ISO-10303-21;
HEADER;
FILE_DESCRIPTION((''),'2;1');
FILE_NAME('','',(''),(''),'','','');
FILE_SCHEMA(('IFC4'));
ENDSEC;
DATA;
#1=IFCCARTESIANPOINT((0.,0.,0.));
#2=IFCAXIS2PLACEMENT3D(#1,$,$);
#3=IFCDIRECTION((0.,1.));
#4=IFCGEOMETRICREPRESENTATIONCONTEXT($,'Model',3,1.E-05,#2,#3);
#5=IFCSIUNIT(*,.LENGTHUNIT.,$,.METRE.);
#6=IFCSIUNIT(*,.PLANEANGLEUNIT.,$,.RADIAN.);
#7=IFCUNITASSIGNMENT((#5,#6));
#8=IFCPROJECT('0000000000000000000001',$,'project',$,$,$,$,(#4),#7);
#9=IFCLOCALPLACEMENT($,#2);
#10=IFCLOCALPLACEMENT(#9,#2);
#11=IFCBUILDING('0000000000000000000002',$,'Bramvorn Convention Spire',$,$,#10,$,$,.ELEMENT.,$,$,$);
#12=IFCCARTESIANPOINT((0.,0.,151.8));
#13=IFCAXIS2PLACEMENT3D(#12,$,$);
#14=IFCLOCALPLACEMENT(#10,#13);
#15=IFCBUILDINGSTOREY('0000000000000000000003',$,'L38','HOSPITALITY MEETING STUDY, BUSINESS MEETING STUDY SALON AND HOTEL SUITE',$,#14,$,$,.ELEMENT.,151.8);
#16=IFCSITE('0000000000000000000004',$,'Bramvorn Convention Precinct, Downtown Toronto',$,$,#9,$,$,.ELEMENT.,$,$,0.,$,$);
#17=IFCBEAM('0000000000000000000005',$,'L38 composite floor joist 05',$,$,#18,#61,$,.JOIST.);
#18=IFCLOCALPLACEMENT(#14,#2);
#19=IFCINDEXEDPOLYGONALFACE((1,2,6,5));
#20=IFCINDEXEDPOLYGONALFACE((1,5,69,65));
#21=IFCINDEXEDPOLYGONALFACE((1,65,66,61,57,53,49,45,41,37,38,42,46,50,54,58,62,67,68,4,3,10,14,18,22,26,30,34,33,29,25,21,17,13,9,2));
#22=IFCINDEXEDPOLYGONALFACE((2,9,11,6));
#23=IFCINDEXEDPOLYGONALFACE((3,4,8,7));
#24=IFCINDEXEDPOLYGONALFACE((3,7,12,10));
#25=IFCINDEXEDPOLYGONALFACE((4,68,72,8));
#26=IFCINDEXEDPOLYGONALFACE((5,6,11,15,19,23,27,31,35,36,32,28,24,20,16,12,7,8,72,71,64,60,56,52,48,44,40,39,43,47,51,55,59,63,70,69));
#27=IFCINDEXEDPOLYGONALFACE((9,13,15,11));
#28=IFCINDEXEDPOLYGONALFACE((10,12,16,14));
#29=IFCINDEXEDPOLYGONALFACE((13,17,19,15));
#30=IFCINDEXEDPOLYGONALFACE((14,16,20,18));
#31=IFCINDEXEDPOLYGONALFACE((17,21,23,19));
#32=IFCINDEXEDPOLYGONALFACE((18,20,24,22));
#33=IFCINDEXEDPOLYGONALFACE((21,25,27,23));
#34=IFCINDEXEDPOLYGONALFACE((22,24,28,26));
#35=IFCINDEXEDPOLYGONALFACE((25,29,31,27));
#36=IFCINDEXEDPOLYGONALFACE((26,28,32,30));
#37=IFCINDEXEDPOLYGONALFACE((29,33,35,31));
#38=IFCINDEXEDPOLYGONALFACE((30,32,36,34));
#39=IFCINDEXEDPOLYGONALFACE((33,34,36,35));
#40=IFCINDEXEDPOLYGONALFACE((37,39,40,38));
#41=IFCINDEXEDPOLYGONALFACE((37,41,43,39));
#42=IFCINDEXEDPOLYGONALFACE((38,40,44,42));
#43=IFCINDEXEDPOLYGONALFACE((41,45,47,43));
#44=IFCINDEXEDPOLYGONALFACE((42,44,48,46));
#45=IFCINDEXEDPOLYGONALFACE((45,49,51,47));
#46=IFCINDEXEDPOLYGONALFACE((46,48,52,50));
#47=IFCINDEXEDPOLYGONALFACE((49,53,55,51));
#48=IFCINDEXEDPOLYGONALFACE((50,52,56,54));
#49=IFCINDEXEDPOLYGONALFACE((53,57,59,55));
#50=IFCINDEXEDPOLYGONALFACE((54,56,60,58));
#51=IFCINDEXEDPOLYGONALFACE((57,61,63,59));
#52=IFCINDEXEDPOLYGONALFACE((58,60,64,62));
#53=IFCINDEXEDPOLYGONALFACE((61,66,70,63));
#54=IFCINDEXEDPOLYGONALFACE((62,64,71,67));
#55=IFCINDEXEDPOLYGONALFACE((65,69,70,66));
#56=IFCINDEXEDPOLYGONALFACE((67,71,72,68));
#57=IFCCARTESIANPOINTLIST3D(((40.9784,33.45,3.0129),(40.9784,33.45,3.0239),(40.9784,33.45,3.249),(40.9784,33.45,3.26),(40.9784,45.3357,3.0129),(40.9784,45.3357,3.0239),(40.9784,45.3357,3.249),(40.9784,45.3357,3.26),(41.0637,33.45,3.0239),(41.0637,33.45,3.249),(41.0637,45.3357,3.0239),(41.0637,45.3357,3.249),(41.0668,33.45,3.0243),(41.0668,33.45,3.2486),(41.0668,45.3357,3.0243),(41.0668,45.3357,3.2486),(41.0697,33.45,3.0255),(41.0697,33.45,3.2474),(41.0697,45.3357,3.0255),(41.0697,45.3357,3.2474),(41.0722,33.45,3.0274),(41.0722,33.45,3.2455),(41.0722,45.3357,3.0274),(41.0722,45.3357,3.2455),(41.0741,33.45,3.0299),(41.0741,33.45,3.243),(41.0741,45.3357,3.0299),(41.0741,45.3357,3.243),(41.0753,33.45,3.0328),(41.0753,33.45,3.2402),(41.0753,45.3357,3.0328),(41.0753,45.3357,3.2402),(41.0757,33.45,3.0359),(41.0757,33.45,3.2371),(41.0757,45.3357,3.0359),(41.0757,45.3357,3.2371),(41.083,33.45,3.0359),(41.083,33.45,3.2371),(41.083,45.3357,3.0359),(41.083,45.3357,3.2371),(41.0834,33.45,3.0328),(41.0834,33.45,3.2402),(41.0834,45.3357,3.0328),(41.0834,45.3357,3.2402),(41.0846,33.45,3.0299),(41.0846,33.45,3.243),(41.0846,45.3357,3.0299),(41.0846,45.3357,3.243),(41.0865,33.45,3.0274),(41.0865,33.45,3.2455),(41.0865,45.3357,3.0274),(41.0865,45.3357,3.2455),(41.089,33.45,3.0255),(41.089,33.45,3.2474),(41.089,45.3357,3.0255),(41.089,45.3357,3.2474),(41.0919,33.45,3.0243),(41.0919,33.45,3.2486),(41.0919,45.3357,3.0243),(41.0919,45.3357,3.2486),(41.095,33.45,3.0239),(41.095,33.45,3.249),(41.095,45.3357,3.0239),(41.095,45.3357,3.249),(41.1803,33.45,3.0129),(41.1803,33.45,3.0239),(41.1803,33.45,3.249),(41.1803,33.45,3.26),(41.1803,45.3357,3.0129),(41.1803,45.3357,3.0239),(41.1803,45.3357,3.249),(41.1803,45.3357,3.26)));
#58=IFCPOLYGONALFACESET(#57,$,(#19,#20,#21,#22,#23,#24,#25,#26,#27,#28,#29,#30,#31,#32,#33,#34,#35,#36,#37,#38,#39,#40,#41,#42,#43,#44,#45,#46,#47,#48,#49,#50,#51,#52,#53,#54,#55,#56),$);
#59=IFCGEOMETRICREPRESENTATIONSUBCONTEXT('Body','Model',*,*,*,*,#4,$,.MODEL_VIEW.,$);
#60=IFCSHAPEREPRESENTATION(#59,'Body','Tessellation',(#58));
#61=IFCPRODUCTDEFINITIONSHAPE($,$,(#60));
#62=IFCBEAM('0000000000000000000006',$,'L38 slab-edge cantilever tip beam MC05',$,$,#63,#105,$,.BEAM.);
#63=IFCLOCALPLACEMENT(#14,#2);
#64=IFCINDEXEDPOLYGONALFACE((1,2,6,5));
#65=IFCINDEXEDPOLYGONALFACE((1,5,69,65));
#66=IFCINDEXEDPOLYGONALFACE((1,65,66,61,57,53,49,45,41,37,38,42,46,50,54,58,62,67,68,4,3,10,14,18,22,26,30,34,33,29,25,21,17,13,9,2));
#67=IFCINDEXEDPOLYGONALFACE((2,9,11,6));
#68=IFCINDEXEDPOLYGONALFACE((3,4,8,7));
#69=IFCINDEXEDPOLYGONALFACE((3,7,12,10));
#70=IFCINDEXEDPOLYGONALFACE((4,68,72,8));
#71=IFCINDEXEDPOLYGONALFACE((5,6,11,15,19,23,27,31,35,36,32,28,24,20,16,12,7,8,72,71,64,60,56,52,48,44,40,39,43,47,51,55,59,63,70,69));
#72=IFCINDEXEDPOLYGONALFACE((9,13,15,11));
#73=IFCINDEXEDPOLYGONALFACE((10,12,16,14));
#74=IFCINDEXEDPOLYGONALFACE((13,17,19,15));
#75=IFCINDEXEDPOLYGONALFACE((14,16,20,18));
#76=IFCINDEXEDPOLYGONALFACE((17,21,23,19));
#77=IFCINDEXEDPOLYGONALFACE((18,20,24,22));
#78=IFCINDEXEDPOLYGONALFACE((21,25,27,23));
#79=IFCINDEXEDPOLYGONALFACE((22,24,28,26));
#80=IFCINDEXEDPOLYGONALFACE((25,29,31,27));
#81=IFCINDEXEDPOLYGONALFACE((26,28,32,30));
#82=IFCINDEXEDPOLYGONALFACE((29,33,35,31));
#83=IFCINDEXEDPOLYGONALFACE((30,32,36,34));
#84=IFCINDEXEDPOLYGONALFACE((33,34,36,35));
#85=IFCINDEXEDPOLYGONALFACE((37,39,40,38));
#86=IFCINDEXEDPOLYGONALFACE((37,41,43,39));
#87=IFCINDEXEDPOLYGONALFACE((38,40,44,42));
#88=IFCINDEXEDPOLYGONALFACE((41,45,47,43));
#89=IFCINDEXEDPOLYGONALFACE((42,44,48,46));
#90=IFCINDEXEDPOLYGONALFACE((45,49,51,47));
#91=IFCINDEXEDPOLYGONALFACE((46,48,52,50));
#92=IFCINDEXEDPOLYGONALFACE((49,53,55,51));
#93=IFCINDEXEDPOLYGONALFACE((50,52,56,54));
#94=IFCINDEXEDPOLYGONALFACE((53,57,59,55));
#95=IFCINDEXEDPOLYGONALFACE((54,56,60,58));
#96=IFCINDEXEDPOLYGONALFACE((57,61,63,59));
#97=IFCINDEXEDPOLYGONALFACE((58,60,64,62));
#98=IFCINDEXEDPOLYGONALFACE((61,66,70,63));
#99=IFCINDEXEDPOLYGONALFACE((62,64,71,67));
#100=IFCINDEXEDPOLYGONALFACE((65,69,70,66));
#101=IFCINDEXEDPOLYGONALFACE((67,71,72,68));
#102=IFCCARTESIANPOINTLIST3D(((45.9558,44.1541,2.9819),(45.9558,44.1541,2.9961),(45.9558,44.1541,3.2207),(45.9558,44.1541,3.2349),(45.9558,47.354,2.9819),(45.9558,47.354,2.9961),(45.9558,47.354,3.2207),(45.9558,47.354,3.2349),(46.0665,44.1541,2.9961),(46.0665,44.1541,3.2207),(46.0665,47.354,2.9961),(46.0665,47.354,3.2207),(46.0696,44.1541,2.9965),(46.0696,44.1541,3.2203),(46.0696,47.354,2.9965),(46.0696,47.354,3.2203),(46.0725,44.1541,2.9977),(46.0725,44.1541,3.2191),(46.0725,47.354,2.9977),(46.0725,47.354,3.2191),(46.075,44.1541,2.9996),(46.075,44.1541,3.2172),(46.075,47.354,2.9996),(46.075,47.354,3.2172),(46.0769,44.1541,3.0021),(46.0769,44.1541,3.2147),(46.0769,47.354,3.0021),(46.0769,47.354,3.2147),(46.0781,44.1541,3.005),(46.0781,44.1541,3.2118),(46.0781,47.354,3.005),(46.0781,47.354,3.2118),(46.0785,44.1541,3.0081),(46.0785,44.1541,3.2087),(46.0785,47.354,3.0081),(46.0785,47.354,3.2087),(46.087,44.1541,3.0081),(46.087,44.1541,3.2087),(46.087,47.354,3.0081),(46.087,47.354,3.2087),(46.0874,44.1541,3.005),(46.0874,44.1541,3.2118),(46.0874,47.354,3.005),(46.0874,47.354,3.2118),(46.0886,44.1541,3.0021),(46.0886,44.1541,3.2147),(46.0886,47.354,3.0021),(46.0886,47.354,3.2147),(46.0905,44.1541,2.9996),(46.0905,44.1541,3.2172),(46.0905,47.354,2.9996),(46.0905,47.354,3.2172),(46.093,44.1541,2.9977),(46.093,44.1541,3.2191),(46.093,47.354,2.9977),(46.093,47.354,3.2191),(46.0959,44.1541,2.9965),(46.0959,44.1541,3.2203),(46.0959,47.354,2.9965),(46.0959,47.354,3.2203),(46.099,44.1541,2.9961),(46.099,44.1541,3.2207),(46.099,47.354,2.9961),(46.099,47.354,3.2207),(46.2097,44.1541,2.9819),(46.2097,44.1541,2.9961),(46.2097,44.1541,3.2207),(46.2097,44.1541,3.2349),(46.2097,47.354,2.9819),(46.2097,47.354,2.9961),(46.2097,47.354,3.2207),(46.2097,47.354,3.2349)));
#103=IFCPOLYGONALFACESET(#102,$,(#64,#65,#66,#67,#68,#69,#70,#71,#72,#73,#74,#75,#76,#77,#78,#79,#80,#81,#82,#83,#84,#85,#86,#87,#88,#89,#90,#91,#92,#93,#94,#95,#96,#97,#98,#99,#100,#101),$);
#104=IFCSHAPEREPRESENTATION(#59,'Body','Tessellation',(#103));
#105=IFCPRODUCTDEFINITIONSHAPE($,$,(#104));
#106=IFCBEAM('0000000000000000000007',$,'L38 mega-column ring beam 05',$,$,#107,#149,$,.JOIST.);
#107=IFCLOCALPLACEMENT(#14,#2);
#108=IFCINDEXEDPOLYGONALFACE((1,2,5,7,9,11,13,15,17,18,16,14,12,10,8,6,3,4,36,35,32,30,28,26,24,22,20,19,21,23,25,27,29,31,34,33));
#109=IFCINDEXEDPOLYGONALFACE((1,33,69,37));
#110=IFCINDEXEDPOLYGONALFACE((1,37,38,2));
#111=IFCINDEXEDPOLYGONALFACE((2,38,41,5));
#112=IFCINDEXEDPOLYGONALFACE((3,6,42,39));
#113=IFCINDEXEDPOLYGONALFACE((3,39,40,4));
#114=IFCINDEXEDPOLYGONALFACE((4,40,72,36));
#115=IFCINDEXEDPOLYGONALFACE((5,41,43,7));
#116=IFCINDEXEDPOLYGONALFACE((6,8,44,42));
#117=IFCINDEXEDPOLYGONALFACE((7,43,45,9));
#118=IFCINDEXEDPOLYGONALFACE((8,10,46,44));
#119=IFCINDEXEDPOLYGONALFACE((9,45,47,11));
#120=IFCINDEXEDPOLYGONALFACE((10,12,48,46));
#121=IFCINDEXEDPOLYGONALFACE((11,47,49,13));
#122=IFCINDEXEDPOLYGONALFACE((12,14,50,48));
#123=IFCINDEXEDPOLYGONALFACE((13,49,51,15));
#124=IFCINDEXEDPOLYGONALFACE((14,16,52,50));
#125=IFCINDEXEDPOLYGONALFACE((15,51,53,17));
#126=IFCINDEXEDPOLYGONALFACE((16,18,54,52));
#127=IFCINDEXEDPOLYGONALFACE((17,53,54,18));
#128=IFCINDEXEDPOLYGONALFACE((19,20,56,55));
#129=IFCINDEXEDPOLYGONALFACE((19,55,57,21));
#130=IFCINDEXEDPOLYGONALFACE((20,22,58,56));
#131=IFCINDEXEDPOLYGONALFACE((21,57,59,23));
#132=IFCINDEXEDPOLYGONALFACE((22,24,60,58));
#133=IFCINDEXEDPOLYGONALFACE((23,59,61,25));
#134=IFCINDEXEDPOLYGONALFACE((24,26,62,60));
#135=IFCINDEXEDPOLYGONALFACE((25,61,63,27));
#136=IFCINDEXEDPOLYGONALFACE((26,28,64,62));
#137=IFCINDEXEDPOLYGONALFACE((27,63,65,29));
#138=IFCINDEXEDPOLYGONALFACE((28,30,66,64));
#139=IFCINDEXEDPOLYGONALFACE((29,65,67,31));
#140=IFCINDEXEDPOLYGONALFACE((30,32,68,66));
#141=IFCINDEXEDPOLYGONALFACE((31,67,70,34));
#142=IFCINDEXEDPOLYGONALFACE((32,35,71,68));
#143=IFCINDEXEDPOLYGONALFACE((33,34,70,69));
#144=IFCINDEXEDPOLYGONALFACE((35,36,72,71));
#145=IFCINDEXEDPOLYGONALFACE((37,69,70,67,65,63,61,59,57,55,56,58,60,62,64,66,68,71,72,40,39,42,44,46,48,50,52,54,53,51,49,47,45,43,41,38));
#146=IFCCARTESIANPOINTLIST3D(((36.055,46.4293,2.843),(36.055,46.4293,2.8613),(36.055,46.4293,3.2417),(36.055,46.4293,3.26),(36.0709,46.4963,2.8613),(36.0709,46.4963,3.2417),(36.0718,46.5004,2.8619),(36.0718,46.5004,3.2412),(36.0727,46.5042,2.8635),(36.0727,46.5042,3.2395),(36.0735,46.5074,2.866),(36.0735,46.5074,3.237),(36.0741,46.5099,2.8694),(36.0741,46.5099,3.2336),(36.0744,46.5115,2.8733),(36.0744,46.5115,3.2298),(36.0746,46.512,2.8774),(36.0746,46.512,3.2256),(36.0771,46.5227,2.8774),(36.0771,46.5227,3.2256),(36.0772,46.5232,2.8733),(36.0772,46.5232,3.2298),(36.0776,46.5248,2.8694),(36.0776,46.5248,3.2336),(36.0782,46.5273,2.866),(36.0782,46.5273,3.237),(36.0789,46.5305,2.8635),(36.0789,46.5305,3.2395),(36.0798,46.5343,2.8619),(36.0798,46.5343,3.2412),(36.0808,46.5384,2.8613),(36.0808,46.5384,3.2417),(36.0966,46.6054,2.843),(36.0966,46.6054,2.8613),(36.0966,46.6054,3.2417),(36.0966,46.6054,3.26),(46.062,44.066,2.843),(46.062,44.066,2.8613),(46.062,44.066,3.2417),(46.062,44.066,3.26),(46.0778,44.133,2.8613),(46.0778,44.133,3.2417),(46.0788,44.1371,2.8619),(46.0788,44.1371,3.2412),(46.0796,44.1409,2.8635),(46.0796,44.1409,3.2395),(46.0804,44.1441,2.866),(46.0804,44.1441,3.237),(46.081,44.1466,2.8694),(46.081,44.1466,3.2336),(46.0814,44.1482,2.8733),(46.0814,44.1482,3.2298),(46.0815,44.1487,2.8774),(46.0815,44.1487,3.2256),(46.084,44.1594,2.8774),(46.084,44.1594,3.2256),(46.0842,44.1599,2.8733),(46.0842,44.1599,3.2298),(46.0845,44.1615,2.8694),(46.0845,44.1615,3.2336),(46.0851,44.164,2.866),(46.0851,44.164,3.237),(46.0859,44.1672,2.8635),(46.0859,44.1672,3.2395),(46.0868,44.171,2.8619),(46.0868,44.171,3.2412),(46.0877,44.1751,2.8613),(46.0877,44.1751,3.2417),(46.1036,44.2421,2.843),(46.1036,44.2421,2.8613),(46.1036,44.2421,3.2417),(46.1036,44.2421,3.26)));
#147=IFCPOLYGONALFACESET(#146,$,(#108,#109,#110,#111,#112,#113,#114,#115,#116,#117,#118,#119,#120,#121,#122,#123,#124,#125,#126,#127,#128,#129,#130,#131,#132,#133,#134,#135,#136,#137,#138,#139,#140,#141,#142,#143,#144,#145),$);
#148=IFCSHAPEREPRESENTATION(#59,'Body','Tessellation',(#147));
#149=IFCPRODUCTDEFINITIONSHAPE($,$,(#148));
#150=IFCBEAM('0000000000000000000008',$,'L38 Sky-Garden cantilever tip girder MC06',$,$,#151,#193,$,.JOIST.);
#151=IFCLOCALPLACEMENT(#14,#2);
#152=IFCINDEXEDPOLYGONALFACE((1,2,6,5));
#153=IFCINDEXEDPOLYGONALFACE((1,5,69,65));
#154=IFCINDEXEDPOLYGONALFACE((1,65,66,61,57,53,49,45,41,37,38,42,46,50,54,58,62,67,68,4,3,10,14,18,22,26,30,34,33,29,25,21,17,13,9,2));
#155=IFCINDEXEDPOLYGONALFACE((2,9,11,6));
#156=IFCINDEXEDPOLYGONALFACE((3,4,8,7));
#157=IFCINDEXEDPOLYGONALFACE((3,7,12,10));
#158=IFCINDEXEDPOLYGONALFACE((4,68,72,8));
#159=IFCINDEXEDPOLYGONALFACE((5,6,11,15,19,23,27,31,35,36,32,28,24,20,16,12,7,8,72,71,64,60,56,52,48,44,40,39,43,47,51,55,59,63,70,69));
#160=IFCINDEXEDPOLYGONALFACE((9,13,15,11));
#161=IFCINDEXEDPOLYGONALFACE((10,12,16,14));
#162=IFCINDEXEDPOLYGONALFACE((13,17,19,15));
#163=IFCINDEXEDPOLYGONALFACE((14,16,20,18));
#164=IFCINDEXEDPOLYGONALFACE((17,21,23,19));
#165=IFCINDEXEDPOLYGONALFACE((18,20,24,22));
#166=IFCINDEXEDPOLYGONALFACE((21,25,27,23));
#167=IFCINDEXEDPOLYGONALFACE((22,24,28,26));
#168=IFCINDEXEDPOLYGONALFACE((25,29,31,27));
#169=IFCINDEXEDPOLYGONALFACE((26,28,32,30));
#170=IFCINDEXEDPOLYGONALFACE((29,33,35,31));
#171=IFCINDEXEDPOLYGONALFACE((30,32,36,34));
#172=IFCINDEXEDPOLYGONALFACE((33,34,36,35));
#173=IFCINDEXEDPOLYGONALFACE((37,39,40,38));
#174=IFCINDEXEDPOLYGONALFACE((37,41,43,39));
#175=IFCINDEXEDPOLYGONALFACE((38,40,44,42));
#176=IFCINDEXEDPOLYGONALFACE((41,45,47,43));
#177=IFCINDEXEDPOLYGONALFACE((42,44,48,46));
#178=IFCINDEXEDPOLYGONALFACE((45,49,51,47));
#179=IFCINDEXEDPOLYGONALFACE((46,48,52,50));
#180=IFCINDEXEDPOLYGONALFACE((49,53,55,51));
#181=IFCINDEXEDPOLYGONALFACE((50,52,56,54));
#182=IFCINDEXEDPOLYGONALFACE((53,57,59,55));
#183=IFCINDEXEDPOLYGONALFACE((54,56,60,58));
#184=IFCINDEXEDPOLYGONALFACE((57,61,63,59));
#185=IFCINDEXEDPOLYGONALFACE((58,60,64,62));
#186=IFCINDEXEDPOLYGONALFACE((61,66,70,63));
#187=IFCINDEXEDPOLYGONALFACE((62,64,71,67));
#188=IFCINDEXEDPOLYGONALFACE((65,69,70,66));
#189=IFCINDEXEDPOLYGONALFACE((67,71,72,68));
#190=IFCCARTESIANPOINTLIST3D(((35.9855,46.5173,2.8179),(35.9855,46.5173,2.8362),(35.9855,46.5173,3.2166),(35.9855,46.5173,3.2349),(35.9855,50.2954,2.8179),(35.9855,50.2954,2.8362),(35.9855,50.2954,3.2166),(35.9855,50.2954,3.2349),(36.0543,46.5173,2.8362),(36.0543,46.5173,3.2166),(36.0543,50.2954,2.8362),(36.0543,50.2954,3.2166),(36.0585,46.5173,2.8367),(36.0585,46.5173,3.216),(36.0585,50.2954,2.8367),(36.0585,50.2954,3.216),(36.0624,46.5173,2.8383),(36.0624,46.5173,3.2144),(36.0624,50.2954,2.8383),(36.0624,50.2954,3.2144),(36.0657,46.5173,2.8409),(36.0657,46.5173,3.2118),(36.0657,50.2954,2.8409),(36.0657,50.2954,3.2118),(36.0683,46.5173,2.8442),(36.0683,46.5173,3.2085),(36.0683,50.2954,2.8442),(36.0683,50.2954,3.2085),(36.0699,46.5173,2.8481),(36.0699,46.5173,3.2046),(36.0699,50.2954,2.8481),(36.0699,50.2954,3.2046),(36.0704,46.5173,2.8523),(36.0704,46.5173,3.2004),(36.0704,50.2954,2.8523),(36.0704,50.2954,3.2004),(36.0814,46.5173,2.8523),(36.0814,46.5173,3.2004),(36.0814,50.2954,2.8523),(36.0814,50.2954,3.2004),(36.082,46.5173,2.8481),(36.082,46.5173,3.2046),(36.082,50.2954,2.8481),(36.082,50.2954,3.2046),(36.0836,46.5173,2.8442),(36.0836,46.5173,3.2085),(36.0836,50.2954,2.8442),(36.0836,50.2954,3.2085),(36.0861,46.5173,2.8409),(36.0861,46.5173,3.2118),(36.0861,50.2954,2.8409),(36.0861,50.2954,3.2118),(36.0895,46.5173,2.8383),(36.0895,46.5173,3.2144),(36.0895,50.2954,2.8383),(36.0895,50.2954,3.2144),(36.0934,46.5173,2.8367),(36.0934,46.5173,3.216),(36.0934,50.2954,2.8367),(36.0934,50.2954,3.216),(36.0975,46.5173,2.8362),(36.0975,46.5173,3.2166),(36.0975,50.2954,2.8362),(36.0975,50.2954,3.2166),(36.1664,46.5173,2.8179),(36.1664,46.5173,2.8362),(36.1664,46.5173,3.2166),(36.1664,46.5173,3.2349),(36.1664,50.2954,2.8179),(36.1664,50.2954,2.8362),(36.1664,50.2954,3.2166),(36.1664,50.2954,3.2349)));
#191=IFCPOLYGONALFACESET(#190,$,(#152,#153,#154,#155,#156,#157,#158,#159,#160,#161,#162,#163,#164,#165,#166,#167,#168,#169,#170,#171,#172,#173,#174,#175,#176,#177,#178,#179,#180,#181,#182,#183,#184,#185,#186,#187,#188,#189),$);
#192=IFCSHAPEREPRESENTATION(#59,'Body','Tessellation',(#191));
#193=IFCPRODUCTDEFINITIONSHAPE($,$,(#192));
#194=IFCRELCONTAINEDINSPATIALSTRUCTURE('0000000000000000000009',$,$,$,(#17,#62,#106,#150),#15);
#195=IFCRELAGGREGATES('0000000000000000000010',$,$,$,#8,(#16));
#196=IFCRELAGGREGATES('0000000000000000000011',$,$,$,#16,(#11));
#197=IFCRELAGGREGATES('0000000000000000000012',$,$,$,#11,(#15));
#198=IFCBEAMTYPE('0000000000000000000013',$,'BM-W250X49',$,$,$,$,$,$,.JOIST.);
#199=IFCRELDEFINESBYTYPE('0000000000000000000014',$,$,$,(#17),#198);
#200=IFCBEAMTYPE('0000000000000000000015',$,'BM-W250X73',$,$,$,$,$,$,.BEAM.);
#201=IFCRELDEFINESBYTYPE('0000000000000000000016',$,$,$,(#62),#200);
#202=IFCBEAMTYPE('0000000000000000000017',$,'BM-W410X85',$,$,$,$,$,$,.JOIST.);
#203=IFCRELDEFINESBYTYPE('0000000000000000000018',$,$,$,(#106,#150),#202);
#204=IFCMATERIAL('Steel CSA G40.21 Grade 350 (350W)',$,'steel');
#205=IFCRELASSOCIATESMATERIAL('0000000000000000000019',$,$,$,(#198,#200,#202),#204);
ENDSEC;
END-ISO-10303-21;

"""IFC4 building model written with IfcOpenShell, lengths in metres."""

from ifc_helpers import new_model, si_unit, direction, frame, origin, origin_2d, place, context, subcontext, project, spatial, i_section, extrude, material, material_profile, profile_set, type_object, element, save


model = new_model("IFC4")

# Units and contexts
model_context = context("Model", 3, precision=1e-05, world=origin(), true_north=direction((0.0, 1.0)))
body_context = subcontext(model_context, "Body", "Model", "MODEL_VIEW")
ifc_project = project(units=[si_unit("LENGTHUNIT", "METRE"), si_unit("PLANEANGLEUNIT", "RADIAN")], contexts=[model_context])

# Site, building, storey
site_placement = place(None, origin())
site = spatial("IfcSite", under=ifc_project, at=site_placement, Name="Bramvorn Convention Precinct, Downtown Toronto", CompositionType="ELEMENT", RefElevation=0.0)
building_placement = place(site_placement, origin())
building = spatial("IfcBuilding", under=site, at=building_placement, Name="Bramvorn Convention Spire", CompositionType="ELEMENT")
storey_placement = place(building_placement, frame((0.0, 0.0, 151.8)))
storey = spatial("IfcBuildingStorey", under=building, at=storey_placement, Name="L38", Description="HOSPITALITY MEETING STUDY, BUSINESS MEETING STUDY SALON AND HOTEL SUITE", CompositionType="ELEMENT", Elevation=151.8)

# Shared definitions
ifc_material_1 = material(Name="Steel CSA G40.21 Grade 350 (350W)", Category="steel")

# Beams
ifc_material_profile_1 = material_profile(ifc_material_1, i_section(OverallWidth=0.2019, OverallDepth=0.2471, WebThickness=0.0073, FlangeThickness=0.011, FilletRadius=0.012, at=origin_2d()))
ifc_profile_set_1 = profile_set([ifc_material_profile_1], Name="Steel CSA G40.21 Grade 350 (350W) - W250X49")
beam_type_1 = type_object("IfcBeamType", Name="BM-W250X49", PredefinedType="JOIST", material=ifc_profile_set_1)
beam_1_placement = place(storey_placement, frame((41.0793, 33.45, 3.1365), z_axis=(0.0, 1.0, 0.0), x_axis=(-1.0, 0.0, 0.0)))
element("IfcBeam", 1, at=beam_1_placement, inside=storey, type_object=beam_type_1, Name="L38 composite floor joist 05", PredefinedType="JOIST", context=body_context, shape_type="SweptSolid", body=[
    extrude(i_section(OverallWidth=0.2019, OverallDepth=0.2471, WebThickness=0.0073, FlangeThickness=0.011, FilletRadius=0.012, at=origin_2d()), origin(), (0.0, 0.0, 1.0), 11.8857),
])
ifc_material_profile_2 = material_profile(ifc_material_1, i_section(OverallWidth=0.2539, OverallDepth=0.2529, WebThickness=0.0085, FlangeThickness=0.0142, FilletRadius=0.012, at=origin_2d()))
ifc_profile_set_2 = profile_set([ifc_material_profile_2], Name="Steel CSA G40.21 Grade 350 (350W) - W250X73")
beam_type_2 = type_object("IfcBeamType", Name="BM-W250X73", PredefinedType="BEAM", material=ifc_profile_set_2)
beam_2_placement = place(storey_placement, frame((46.0828, 44.1541, 3.1084), z_axis=(0.0, 1.0, 0.0), x_axis=(-1.0, 0.0, 0.0)))
element("IfcBeam", 2, at=beam_2_placement, inside=storey, type_object=beam_type_2, Name="L38 slab-edge cantilever tip beam MC05", PredefinedType="BEAM", context=body_context, shape_type="SweptSolid", body=[
    extrude(i_section(OverallWidth=0.2539, OverallDepth=0.2529, WebThickness=0.0085, FlangeThickness=0.0142, FilletRadius=0.012, at=origin_2d()), origin(), (0.0, 0.0, 1.0), 3.2),
])
ifc_material_profile_3 = material_profile(ifc_material_1, i_section(OverallWidth=0.1809, OverallDepth=0.417, WebThickness=0.011, FlangeThickness=0.0183, FilletRadius=0.0161, at=origin_2d()))
ifc_profile_set_3 = profile_set([ifc_material_profile_3], Name="Steel CSA G40.21 Grade 350 (350W) - W410X85")
beam_type_3 = type_object("IfcBeamType", Name="BM-W410X85", PredefinedType="JOIST", material=ifc_profile_set_3)
beam_3_placement = place(storey_placement, frame((46.0828, 44.1541, 3.0515), z_axis=(-0.973228, 0.229844, 0.0), x_axis=(-0.229844, -0.973228, 0.0)))
element("IfcBeam", 3, at=beam_3_placement, inside=storey, type_object=beam_type_3, Name="L38 mega-column ring beam 05", PredefinedType="JOIST", context=body_context, shape_type="SweptSolid", body=[
    extrude(i_section(OverallWidth=0.1809, OverallDepth=0.417, WebThickness=0.011, FlangeThickness=0.0183, FilletRadius=0.0161, at=origin_2d()), origin(), (0.0, 0.0, 1.0), 10.2822),
])
beam_4_placement = place(storey_placement, frame((36.0759, 46.5173, 3.0264), z_axis=(0.0, 1.0, 0.0), x_axis=(-1.0, 0.0, 0.0)))
element("IfcBeam", 4, at=beam_4_placement, inside=storey, type_object=beam_type_3, Name="L38 Sky-Garden cantilever tip girder MC06", PredefinedType="JOIST", context=body_context, shape_type="SweptSolid", body=[
    extrude(i_section(OverallWidth=0.1809, OverallDepth=0.417, WebThickness=0.011, FlangeThickness=0.0183, FilletRadius=0.0161, at=origin_2d()), origin(), (0.0, 0.0, 1.0), 3.7781),
])

save(model, "model.ifc")
